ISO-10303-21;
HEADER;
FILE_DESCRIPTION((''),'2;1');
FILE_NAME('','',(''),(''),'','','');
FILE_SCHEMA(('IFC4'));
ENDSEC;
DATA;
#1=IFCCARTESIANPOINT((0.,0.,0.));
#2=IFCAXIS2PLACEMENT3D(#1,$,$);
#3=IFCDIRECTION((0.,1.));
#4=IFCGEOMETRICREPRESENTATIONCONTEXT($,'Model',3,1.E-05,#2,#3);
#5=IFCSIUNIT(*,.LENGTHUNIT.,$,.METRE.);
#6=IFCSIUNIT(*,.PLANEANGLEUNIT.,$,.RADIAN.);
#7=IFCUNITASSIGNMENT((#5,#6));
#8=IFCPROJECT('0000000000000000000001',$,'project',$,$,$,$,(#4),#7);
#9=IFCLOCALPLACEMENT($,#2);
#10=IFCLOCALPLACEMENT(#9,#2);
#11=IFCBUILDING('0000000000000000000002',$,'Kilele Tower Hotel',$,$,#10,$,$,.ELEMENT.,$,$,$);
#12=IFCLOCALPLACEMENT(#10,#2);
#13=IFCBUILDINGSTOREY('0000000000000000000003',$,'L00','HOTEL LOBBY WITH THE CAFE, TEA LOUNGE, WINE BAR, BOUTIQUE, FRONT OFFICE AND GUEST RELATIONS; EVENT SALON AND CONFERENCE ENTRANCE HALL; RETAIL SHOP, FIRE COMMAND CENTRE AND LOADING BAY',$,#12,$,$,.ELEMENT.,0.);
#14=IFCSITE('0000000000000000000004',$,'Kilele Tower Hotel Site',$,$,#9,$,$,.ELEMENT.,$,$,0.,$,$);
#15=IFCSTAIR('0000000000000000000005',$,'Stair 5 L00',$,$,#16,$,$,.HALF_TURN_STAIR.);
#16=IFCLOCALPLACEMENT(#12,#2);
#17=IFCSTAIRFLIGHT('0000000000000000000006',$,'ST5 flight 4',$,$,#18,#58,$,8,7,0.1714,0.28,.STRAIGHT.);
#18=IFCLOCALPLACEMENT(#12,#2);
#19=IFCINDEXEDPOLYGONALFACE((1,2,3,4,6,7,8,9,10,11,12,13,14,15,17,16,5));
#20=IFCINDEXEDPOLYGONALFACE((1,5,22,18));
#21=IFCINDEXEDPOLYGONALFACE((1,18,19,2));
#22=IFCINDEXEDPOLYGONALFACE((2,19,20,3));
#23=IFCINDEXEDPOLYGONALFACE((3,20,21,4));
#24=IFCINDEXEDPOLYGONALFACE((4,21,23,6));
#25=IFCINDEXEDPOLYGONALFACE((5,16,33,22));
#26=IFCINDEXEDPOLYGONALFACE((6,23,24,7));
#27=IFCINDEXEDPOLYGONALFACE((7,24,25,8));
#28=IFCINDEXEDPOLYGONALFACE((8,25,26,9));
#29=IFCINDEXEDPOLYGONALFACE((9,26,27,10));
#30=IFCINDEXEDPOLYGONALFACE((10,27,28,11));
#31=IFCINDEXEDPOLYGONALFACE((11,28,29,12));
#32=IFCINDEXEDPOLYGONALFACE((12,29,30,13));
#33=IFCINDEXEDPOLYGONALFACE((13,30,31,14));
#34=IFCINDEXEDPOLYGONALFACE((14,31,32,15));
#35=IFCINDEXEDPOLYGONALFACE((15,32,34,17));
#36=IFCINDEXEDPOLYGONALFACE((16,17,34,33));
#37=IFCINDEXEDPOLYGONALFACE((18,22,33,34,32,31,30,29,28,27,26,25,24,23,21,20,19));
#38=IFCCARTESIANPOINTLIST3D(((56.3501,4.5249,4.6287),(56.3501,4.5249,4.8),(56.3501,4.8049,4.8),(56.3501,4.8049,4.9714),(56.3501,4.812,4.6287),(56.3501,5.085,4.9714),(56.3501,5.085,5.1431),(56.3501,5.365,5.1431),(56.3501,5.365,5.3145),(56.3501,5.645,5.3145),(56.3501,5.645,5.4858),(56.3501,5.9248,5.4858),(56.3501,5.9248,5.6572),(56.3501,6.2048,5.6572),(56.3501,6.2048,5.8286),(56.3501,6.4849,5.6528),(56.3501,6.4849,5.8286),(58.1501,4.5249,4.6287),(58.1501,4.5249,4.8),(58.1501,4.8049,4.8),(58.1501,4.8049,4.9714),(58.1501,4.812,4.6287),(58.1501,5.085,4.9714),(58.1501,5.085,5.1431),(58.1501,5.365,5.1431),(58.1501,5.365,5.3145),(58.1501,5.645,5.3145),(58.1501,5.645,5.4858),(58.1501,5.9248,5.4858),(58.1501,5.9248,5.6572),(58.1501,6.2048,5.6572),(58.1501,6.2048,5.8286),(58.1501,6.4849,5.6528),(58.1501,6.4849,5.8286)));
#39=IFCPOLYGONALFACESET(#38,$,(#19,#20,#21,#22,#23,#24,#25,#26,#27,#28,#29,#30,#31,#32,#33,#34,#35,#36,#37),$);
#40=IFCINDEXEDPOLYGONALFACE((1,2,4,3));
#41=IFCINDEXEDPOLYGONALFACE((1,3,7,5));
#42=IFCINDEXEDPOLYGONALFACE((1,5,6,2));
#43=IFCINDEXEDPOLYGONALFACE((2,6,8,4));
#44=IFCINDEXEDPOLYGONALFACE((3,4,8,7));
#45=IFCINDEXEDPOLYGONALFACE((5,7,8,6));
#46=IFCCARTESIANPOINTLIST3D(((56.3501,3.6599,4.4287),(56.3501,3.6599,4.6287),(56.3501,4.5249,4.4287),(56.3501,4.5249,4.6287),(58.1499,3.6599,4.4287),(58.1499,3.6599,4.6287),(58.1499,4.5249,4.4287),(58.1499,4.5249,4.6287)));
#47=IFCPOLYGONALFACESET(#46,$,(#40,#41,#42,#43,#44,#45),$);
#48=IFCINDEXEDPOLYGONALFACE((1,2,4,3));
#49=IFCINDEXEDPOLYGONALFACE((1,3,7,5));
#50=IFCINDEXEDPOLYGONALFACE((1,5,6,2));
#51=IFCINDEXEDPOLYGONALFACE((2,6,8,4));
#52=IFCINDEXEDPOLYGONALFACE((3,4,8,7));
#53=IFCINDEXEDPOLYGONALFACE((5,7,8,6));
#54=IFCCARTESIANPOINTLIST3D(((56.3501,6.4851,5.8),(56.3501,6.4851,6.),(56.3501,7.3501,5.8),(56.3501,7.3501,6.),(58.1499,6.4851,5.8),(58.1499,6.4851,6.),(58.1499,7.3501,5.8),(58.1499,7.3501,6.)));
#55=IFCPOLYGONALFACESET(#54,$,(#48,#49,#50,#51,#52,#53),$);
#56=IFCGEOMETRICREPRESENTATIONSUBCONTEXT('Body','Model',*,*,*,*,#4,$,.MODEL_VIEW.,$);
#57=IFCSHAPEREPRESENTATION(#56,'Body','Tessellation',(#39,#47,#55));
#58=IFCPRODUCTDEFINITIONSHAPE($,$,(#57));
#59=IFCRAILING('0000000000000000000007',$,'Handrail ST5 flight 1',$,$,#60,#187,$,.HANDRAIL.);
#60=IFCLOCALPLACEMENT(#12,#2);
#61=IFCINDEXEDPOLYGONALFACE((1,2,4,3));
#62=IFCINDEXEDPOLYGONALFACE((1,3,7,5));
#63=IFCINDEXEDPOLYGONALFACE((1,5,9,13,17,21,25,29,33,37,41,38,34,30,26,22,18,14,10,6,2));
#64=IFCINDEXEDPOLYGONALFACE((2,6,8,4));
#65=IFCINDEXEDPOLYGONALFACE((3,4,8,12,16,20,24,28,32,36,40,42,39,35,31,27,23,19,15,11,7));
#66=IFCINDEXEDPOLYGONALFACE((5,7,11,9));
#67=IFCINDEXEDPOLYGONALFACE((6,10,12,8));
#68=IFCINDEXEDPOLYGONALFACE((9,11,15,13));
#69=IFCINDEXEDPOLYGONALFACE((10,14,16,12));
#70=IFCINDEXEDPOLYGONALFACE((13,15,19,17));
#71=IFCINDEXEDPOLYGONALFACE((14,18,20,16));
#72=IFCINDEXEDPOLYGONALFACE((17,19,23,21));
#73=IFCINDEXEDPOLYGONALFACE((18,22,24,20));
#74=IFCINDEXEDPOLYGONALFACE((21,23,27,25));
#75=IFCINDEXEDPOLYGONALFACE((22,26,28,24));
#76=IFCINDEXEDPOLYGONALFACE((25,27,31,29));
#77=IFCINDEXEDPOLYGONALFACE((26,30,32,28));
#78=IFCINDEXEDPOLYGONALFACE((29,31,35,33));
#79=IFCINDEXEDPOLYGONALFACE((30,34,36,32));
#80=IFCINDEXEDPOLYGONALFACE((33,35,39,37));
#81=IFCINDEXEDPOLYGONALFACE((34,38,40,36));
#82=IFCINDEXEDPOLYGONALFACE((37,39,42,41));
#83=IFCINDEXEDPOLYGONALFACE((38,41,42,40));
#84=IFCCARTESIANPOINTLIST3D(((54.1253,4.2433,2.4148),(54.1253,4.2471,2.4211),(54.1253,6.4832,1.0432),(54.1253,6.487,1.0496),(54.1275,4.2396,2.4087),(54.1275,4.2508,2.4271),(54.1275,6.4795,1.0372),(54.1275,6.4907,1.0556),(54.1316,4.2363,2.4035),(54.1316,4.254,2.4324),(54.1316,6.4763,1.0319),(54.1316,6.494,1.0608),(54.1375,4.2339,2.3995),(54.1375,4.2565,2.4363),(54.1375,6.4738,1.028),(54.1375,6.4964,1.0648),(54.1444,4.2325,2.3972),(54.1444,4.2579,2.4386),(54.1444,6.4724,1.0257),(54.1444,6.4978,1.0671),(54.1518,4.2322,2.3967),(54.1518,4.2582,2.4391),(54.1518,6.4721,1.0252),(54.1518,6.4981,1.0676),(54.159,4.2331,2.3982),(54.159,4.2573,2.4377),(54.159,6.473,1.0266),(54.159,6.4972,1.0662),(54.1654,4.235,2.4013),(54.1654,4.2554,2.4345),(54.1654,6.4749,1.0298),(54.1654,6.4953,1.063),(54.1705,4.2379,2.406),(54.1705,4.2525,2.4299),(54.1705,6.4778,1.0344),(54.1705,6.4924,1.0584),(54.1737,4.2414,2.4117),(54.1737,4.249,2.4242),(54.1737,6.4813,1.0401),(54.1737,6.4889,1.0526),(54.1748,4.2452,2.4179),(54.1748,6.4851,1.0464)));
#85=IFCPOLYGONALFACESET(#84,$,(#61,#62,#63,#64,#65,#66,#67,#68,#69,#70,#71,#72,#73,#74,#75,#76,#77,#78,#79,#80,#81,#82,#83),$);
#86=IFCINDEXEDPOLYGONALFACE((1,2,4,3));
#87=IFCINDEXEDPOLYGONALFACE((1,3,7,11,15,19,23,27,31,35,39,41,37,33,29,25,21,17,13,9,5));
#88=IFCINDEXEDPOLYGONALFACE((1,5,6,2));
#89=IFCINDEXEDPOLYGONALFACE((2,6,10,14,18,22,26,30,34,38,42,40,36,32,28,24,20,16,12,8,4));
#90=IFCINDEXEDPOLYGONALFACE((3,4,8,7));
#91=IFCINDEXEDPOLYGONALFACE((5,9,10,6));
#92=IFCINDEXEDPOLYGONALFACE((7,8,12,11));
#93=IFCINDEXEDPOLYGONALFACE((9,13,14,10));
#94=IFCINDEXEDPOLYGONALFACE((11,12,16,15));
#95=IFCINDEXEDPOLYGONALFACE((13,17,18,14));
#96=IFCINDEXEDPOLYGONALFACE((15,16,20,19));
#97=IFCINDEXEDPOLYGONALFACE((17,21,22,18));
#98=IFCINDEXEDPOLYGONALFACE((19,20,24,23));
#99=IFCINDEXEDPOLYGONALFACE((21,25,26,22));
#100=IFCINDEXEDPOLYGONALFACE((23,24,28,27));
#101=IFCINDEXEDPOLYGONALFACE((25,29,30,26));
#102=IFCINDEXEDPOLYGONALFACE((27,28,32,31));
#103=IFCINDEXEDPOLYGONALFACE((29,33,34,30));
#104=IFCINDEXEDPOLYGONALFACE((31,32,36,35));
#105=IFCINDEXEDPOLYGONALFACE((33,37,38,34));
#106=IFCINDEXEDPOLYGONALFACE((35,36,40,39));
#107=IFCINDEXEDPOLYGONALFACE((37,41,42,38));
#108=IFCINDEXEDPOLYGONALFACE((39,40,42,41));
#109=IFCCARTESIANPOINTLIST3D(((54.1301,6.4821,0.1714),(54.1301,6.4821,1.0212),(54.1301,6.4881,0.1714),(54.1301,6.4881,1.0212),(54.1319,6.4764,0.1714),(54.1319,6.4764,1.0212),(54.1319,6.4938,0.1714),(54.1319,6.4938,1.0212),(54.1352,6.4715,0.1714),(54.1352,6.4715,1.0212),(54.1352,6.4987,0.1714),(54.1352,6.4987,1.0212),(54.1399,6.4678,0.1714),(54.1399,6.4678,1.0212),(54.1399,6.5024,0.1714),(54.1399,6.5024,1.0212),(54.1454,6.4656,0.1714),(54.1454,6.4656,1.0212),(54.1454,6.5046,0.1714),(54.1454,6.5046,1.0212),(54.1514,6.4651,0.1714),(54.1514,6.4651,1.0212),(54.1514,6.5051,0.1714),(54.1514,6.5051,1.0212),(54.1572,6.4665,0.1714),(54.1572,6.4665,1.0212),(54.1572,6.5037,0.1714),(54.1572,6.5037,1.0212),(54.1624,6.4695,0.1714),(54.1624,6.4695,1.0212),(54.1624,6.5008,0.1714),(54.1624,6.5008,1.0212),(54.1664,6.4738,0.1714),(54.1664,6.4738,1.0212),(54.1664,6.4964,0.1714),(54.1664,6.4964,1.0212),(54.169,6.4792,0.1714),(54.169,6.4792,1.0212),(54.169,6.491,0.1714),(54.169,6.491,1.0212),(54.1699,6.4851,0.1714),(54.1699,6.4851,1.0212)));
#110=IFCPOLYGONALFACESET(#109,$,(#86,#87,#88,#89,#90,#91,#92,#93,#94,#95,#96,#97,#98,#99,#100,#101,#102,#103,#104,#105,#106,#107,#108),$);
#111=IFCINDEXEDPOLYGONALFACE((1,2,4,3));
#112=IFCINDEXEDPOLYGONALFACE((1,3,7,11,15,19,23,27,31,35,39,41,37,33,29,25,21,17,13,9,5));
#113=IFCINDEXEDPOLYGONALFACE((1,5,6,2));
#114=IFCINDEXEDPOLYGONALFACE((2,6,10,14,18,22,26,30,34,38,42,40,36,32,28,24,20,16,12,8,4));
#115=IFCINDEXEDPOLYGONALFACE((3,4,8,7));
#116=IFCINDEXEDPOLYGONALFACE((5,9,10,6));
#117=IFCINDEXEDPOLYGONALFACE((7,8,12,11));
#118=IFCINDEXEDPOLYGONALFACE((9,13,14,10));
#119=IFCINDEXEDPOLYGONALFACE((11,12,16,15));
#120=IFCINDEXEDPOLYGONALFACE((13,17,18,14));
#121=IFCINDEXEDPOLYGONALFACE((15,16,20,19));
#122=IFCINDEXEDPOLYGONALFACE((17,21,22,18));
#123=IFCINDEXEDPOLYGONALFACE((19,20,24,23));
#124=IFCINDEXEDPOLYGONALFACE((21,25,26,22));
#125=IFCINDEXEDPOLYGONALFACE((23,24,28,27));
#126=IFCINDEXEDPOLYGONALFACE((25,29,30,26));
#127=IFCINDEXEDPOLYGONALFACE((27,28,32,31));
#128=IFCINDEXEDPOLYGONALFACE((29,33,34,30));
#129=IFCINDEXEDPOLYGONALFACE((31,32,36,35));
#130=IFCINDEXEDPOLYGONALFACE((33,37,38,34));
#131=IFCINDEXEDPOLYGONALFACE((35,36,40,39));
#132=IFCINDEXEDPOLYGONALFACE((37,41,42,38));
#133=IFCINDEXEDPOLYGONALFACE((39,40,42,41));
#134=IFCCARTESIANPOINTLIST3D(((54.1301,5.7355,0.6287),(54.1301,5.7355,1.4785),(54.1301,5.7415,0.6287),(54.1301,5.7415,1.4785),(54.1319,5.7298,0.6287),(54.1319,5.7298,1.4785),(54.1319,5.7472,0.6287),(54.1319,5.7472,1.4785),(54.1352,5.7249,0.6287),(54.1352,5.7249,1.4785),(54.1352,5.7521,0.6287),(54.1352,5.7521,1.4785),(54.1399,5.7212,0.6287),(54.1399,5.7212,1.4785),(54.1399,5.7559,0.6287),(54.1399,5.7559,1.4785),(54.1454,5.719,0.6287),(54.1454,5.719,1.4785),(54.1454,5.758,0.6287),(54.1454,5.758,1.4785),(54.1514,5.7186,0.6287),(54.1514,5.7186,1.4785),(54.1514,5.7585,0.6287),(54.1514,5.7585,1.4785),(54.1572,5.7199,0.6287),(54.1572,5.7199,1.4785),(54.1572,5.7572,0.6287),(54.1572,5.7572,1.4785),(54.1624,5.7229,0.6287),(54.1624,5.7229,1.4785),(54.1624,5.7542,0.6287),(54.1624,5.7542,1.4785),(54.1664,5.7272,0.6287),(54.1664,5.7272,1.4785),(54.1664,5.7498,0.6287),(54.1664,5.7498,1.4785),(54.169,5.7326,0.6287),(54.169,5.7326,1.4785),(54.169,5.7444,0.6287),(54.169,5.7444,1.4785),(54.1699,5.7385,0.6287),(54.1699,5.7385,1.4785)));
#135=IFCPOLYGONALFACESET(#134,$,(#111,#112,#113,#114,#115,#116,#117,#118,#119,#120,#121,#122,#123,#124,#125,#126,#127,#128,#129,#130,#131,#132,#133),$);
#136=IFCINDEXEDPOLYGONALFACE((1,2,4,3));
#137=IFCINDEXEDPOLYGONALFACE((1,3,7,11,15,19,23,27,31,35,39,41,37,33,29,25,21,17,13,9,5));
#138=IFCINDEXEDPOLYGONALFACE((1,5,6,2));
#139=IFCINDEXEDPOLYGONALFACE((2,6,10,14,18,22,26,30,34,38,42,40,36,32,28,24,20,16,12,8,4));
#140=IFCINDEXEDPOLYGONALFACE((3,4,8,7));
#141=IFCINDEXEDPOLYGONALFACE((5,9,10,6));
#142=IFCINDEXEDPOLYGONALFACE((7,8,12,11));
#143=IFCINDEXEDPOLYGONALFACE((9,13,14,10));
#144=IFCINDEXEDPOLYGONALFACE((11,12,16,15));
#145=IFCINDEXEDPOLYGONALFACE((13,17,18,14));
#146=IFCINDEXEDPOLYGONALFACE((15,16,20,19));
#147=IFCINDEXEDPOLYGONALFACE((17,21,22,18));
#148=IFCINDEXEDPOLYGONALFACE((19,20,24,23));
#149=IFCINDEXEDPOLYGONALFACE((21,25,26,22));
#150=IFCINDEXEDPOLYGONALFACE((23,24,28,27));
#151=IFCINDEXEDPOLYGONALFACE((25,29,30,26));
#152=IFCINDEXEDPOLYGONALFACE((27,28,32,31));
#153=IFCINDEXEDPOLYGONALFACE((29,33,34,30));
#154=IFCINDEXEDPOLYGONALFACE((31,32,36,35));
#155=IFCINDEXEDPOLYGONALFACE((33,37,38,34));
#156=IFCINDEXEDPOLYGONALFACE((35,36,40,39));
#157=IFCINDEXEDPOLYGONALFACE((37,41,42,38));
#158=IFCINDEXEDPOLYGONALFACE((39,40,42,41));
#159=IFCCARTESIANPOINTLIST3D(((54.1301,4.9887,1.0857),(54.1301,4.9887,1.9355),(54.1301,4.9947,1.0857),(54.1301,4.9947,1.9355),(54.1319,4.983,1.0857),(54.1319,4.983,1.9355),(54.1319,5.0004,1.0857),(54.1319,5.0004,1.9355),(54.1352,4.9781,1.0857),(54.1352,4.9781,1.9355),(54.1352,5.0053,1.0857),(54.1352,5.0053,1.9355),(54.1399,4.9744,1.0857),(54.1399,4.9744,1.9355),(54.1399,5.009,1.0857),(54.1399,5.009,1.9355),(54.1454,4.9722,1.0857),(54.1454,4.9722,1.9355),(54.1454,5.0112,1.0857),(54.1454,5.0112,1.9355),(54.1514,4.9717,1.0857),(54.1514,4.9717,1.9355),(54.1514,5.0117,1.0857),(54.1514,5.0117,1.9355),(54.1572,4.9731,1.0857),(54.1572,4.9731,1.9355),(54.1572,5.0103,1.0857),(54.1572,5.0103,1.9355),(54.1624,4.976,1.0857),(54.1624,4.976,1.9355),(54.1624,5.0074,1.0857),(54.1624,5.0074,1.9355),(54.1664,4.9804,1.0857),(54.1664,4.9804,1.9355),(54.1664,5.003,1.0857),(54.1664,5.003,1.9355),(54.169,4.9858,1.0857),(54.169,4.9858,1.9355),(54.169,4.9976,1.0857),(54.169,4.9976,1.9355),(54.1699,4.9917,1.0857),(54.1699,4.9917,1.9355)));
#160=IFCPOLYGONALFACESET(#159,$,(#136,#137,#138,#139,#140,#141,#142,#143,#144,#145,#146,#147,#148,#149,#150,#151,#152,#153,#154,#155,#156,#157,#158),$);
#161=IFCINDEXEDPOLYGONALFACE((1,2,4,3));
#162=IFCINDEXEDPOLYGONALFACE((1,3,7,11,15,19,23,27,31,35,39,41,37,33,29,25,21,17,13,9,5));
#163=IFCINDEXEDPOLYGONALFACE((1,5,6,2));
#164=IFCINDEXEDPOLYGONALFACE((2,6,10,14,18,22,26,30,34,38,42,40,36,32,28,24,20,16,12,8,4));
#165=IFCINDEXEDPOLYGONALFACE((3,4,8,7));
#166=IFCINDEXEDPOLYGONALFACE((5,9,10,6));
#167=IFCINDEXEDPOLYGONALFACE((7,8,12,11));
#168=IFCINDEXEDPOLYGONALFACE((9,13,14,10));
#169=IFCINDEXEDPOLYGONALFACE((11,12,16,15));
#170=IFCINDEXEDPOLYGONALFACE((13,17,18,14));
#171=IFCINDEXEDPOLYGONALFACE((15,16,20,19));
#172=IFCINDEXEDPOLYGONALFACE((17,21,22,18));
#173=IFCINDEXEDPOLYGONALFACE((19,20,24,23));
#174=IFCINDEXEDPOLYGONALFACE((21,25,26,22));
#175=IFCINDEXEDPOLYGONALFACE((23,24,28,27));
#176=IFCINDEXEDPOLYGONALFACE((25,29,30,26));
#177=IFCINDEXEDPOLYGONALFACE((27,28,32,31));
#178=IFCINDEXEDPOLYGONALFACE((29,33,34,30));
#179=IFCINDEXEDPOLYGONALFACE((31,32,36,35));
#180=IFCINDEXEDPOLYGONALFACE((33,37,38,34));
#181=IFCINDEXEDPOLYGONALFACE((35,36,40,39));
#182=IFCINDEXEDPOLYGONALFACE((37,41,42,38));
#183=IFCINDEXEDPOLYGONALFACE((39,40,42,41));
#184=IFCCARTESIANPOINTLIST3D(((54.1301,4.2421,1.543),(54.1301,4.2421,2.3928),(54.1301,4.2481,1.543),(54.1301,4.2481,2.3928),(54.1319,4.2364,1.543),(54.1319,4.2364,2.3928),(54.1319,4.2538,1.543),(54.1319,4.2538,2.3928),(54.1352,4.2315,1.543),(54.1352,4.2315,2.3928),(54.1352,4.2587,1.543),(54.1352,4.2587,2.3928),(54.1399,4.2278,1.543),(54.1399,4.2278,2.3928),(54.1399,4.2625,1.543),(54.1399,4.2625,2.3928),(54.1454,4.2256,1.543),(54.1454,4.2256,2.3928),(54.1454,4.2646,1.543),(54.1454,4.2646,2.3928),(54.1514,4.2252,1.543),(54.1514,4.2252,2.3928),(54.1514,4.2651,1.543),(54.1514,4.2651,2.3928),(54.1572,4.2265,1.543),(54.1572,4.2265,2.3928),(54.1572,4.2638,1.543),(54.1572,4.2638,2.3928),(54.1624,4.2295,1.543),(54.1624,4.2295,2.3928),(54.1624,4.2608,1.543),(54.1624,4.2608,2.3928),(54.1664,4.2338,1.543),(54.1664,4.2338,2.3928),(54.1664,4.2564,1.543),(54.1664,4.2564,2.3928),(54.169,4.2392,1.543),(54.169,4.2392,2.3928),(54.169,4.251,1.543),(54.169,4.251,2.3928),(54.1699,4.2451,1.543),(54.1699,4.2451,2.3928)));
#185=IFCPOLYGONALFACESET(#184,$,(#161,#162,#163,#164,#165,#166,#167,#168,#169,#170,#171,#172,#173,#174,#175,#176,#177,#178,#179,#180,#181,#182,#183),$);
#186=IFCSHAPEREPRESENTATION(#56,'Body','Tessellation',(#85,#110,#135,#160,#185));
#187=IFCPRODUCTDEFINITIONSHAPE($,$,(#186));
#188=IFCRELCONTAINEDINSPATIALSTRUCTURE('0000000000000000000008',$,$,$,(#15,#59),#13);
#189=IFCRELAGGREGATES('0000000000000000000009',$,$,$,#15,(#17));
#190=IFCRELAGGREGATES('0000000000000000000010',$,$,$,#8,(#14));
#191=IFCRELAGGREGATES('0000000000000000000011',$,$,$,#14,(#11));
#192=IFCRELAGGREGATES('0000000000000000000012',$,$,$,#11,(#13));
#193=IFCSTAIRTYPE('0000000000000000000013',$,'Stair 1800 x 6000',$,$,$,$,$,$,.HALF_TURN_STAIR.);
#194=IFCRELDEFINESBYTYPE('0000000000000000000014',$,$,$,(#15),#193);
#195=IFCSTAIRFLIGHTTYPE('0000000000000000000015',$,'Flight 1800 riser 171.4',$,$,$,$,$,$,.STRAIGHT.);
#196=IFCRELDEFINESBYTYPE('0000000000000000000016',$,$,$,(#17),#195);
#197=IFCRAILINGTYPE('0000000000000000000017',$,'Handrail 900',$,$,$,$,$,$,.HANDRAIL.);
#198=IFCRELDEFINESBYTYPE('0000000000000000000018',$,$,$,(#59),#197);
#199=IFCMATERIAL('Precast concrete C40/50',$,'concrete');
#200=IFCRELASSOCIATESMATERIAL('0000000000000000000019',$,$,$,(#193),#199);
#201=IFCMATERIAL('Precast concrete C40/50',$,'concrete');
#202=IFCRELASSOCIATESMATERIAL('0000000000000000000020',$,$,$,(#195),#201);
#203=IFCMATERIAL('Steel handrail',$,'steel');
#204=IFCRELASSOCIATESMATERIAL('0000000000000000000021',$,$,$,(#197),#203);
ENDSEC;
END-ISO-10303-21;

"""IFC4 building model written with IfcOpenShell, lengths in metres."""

from ifc_helpers import new_model, si_unit, direction, frame, origin, origin_2d, place, context, subcontext, project, spatial, polyline, circle, outline, extrude, material, type_object, element, aggregate, save


model = new_model("IFC4")

# Units and contexts
model_context = context("Model", 3, precision=1e-05, world=origin(), true_north=direction((0.0, 1.0)))
body_context = subcontext(model_context, "Body", "Model", "MODEL_VIEW")
ifc_project = project(units=[si_unit("LENGTHUNIT", "METRE"), si_unit("PLANEANGLEUNIT", "RADIAN")], contexts=[model_context])

# Site, building, storey
site_placement = place(None, origin())
site = spatial("IfcSite", under=ifc_project, at=site_placement, Name="Kilele Tower Hotel Site", CompositionType="ELEMENT", RefElevation=0.0)
building_placement = place(site_placement, origin())
building = spatial("IfcBuilding", under=site, at=building_placement, Name="Kilele Tower Hotel", CompositionType="ELEMENT")
storey_placement = place(building_placement, origin())
storey = spatial("IfcBuildingStorey", under=building, at=storey_placement, Name="L00", Description="HOTEL LOBBY WITH THE CAFE, TEA LOUNGE, WINE BAR, BOUTIQUE, FRONT OFFICE AND GUEST RELATIONS; EVENT SALON AND CONFERENCE ENTRANCE HALL; RETAIL SHOP, FIRE COMMAND CENTRE AND LOADING BAY", CompositionType="ELEMENT", Elevation=0.0)

# Stair, stair flight
ifc_material_1 = material(Name="Precast concrete C40/50", Category="concrete")
stair_type = type_object("IfcStairType", Name="Stair 1800 x 6000", PredefinedType="HALF_TURN_STAIR", material=ifc_material_1)
stair_placement = place(storey_placement, origin())
stair = element("IfcStair", 1, at=stair_placement, inside=storey, type_object=stair_type, Name="Stair 5 L00", PredefinedType="HALF_TURN_STAIR")
ifc_material_2 = material(Name="Precast concrete C40/50", Category="concrete")
stair_flight_type = type_object("IfcStairFlightType", Name="Flight 1800 riser 171.4", PredefinedType="STRAIGHT", material=ifc_material_2)
stair_flight_1_placement = place(storey_placement, frame((57.25, 4.5249, 4.6287), z_axis=(0.0, 0.0, 1.0), x_axis=(0.0, 1.0, 0.0)))
stair_flight_1 = element("IfcStairFlight", 2, at=stair_flight_1_placement, type_object=stair_flight_type, Name="ST5 flight 4", NumberOfRisers=8, NumberOfTreads=7, PredefinedType="STRAIGHT", RiserHeight=0.1714, TreadLength=0.28, context=body_context, shape_type="SweptSolid", body=[
    extrude(outline(polyline([(0.0, 0.0), (0.0, 0.1714), (0.28, 0.1714), (0.28, 0.3428), (0.5601, 0.3428), (0.5601, 0.5144), (0.8401, 0.5144), (0.8401, 0.6858), (1.1201, 0.6858), (1.1201, 0.8572), (1.3999, 0.8572), (1.3999, 1.0286), (1.6799, 1.0286), (1.6799, 1.2), (1.96, 1.2), (1.96, 1.3713), (1.96, 1.0242), (0.2871, 0.0), (0.0, 0.0)])), frame((0.0, 0.8999, 0.0), z_axis=(0.0, -1.0, 0.0), x_axis=(1.0, 0.0, 0.0)), (0.0, 0.0, 1.0), 1.8),
    extrude(outline(polyline([(-0.865, 0.8999), (-0.865, -0.8999), (0.0, -0.8999), (0.0, 0.8999), (-0.865, 0.8999)])), frame((0.0, 0.0, -0.2)), (0.0, 0.0, 1.0), 0.2),
    extrude(outline(polyline([(1.9602, 0.8999), (1.9602, -0.8999), (2.8252, -0.8999), (2.8252, 0.8999), (1.9602, 0.8999)])), frame((0.0, 0.0, 1.1714)), (0.0, 0.0, 1.0), 0.2),
])
aggregate(stair, [stair_flight_1])

# Railing
ifc_material_3 = material(Name="Steel handrail", Category="steel")
railing_type_1 = type_object("IfcRailingType", Name="Handrail 900", PredefinedType="HANDRAIL", material=ifc_material_3)
for number, where, name in (
    (3, (54.1499, 6.4851, 0.1714), "Handrail ST5 flight 1"),
):
    element("IfcRailing", number, at=place(storey_placement, frame(where)), inside=storey, type_object=railing_type_1, Name=name, PredefinedType="HANDRAIL", context=body_context, shape_type="SweptSolid", body=[
        extrude(circle(Radius=0.0249, at=origin_2d()), frame((0.0, 0.0, 0.875), z_axis=(0.0, -0.852824, 0.522198), x_axis=(1.0, 0.0, 0.0)), (0.0, 0.0, 1.0), 2.6265),
        extrude(circle(Radius=0.02, at=origin_2d()), origin(), (0.0, 0.0, 1.0), 0.8499),
        extrude(circle(Radius=0.02, at=origin_2d()), frame((0.0, -0.7466, 0.4573)), (0.0, 0.0, 1.0), 0.8499),
        extrude(circle(Radius=0.02, at=origin_2d()), frame((0.0, -1.4934, 0.9143)), (0.0, 0.0, 1.0), 0.8499),
        extrude(circle(Radius=0.02, at=origin_2d()), frame((0.0, -2.24, 1.3716)), (0.0, 0.0, 1.0), 0.8499),
    ])

save(model, "model.ifc")
